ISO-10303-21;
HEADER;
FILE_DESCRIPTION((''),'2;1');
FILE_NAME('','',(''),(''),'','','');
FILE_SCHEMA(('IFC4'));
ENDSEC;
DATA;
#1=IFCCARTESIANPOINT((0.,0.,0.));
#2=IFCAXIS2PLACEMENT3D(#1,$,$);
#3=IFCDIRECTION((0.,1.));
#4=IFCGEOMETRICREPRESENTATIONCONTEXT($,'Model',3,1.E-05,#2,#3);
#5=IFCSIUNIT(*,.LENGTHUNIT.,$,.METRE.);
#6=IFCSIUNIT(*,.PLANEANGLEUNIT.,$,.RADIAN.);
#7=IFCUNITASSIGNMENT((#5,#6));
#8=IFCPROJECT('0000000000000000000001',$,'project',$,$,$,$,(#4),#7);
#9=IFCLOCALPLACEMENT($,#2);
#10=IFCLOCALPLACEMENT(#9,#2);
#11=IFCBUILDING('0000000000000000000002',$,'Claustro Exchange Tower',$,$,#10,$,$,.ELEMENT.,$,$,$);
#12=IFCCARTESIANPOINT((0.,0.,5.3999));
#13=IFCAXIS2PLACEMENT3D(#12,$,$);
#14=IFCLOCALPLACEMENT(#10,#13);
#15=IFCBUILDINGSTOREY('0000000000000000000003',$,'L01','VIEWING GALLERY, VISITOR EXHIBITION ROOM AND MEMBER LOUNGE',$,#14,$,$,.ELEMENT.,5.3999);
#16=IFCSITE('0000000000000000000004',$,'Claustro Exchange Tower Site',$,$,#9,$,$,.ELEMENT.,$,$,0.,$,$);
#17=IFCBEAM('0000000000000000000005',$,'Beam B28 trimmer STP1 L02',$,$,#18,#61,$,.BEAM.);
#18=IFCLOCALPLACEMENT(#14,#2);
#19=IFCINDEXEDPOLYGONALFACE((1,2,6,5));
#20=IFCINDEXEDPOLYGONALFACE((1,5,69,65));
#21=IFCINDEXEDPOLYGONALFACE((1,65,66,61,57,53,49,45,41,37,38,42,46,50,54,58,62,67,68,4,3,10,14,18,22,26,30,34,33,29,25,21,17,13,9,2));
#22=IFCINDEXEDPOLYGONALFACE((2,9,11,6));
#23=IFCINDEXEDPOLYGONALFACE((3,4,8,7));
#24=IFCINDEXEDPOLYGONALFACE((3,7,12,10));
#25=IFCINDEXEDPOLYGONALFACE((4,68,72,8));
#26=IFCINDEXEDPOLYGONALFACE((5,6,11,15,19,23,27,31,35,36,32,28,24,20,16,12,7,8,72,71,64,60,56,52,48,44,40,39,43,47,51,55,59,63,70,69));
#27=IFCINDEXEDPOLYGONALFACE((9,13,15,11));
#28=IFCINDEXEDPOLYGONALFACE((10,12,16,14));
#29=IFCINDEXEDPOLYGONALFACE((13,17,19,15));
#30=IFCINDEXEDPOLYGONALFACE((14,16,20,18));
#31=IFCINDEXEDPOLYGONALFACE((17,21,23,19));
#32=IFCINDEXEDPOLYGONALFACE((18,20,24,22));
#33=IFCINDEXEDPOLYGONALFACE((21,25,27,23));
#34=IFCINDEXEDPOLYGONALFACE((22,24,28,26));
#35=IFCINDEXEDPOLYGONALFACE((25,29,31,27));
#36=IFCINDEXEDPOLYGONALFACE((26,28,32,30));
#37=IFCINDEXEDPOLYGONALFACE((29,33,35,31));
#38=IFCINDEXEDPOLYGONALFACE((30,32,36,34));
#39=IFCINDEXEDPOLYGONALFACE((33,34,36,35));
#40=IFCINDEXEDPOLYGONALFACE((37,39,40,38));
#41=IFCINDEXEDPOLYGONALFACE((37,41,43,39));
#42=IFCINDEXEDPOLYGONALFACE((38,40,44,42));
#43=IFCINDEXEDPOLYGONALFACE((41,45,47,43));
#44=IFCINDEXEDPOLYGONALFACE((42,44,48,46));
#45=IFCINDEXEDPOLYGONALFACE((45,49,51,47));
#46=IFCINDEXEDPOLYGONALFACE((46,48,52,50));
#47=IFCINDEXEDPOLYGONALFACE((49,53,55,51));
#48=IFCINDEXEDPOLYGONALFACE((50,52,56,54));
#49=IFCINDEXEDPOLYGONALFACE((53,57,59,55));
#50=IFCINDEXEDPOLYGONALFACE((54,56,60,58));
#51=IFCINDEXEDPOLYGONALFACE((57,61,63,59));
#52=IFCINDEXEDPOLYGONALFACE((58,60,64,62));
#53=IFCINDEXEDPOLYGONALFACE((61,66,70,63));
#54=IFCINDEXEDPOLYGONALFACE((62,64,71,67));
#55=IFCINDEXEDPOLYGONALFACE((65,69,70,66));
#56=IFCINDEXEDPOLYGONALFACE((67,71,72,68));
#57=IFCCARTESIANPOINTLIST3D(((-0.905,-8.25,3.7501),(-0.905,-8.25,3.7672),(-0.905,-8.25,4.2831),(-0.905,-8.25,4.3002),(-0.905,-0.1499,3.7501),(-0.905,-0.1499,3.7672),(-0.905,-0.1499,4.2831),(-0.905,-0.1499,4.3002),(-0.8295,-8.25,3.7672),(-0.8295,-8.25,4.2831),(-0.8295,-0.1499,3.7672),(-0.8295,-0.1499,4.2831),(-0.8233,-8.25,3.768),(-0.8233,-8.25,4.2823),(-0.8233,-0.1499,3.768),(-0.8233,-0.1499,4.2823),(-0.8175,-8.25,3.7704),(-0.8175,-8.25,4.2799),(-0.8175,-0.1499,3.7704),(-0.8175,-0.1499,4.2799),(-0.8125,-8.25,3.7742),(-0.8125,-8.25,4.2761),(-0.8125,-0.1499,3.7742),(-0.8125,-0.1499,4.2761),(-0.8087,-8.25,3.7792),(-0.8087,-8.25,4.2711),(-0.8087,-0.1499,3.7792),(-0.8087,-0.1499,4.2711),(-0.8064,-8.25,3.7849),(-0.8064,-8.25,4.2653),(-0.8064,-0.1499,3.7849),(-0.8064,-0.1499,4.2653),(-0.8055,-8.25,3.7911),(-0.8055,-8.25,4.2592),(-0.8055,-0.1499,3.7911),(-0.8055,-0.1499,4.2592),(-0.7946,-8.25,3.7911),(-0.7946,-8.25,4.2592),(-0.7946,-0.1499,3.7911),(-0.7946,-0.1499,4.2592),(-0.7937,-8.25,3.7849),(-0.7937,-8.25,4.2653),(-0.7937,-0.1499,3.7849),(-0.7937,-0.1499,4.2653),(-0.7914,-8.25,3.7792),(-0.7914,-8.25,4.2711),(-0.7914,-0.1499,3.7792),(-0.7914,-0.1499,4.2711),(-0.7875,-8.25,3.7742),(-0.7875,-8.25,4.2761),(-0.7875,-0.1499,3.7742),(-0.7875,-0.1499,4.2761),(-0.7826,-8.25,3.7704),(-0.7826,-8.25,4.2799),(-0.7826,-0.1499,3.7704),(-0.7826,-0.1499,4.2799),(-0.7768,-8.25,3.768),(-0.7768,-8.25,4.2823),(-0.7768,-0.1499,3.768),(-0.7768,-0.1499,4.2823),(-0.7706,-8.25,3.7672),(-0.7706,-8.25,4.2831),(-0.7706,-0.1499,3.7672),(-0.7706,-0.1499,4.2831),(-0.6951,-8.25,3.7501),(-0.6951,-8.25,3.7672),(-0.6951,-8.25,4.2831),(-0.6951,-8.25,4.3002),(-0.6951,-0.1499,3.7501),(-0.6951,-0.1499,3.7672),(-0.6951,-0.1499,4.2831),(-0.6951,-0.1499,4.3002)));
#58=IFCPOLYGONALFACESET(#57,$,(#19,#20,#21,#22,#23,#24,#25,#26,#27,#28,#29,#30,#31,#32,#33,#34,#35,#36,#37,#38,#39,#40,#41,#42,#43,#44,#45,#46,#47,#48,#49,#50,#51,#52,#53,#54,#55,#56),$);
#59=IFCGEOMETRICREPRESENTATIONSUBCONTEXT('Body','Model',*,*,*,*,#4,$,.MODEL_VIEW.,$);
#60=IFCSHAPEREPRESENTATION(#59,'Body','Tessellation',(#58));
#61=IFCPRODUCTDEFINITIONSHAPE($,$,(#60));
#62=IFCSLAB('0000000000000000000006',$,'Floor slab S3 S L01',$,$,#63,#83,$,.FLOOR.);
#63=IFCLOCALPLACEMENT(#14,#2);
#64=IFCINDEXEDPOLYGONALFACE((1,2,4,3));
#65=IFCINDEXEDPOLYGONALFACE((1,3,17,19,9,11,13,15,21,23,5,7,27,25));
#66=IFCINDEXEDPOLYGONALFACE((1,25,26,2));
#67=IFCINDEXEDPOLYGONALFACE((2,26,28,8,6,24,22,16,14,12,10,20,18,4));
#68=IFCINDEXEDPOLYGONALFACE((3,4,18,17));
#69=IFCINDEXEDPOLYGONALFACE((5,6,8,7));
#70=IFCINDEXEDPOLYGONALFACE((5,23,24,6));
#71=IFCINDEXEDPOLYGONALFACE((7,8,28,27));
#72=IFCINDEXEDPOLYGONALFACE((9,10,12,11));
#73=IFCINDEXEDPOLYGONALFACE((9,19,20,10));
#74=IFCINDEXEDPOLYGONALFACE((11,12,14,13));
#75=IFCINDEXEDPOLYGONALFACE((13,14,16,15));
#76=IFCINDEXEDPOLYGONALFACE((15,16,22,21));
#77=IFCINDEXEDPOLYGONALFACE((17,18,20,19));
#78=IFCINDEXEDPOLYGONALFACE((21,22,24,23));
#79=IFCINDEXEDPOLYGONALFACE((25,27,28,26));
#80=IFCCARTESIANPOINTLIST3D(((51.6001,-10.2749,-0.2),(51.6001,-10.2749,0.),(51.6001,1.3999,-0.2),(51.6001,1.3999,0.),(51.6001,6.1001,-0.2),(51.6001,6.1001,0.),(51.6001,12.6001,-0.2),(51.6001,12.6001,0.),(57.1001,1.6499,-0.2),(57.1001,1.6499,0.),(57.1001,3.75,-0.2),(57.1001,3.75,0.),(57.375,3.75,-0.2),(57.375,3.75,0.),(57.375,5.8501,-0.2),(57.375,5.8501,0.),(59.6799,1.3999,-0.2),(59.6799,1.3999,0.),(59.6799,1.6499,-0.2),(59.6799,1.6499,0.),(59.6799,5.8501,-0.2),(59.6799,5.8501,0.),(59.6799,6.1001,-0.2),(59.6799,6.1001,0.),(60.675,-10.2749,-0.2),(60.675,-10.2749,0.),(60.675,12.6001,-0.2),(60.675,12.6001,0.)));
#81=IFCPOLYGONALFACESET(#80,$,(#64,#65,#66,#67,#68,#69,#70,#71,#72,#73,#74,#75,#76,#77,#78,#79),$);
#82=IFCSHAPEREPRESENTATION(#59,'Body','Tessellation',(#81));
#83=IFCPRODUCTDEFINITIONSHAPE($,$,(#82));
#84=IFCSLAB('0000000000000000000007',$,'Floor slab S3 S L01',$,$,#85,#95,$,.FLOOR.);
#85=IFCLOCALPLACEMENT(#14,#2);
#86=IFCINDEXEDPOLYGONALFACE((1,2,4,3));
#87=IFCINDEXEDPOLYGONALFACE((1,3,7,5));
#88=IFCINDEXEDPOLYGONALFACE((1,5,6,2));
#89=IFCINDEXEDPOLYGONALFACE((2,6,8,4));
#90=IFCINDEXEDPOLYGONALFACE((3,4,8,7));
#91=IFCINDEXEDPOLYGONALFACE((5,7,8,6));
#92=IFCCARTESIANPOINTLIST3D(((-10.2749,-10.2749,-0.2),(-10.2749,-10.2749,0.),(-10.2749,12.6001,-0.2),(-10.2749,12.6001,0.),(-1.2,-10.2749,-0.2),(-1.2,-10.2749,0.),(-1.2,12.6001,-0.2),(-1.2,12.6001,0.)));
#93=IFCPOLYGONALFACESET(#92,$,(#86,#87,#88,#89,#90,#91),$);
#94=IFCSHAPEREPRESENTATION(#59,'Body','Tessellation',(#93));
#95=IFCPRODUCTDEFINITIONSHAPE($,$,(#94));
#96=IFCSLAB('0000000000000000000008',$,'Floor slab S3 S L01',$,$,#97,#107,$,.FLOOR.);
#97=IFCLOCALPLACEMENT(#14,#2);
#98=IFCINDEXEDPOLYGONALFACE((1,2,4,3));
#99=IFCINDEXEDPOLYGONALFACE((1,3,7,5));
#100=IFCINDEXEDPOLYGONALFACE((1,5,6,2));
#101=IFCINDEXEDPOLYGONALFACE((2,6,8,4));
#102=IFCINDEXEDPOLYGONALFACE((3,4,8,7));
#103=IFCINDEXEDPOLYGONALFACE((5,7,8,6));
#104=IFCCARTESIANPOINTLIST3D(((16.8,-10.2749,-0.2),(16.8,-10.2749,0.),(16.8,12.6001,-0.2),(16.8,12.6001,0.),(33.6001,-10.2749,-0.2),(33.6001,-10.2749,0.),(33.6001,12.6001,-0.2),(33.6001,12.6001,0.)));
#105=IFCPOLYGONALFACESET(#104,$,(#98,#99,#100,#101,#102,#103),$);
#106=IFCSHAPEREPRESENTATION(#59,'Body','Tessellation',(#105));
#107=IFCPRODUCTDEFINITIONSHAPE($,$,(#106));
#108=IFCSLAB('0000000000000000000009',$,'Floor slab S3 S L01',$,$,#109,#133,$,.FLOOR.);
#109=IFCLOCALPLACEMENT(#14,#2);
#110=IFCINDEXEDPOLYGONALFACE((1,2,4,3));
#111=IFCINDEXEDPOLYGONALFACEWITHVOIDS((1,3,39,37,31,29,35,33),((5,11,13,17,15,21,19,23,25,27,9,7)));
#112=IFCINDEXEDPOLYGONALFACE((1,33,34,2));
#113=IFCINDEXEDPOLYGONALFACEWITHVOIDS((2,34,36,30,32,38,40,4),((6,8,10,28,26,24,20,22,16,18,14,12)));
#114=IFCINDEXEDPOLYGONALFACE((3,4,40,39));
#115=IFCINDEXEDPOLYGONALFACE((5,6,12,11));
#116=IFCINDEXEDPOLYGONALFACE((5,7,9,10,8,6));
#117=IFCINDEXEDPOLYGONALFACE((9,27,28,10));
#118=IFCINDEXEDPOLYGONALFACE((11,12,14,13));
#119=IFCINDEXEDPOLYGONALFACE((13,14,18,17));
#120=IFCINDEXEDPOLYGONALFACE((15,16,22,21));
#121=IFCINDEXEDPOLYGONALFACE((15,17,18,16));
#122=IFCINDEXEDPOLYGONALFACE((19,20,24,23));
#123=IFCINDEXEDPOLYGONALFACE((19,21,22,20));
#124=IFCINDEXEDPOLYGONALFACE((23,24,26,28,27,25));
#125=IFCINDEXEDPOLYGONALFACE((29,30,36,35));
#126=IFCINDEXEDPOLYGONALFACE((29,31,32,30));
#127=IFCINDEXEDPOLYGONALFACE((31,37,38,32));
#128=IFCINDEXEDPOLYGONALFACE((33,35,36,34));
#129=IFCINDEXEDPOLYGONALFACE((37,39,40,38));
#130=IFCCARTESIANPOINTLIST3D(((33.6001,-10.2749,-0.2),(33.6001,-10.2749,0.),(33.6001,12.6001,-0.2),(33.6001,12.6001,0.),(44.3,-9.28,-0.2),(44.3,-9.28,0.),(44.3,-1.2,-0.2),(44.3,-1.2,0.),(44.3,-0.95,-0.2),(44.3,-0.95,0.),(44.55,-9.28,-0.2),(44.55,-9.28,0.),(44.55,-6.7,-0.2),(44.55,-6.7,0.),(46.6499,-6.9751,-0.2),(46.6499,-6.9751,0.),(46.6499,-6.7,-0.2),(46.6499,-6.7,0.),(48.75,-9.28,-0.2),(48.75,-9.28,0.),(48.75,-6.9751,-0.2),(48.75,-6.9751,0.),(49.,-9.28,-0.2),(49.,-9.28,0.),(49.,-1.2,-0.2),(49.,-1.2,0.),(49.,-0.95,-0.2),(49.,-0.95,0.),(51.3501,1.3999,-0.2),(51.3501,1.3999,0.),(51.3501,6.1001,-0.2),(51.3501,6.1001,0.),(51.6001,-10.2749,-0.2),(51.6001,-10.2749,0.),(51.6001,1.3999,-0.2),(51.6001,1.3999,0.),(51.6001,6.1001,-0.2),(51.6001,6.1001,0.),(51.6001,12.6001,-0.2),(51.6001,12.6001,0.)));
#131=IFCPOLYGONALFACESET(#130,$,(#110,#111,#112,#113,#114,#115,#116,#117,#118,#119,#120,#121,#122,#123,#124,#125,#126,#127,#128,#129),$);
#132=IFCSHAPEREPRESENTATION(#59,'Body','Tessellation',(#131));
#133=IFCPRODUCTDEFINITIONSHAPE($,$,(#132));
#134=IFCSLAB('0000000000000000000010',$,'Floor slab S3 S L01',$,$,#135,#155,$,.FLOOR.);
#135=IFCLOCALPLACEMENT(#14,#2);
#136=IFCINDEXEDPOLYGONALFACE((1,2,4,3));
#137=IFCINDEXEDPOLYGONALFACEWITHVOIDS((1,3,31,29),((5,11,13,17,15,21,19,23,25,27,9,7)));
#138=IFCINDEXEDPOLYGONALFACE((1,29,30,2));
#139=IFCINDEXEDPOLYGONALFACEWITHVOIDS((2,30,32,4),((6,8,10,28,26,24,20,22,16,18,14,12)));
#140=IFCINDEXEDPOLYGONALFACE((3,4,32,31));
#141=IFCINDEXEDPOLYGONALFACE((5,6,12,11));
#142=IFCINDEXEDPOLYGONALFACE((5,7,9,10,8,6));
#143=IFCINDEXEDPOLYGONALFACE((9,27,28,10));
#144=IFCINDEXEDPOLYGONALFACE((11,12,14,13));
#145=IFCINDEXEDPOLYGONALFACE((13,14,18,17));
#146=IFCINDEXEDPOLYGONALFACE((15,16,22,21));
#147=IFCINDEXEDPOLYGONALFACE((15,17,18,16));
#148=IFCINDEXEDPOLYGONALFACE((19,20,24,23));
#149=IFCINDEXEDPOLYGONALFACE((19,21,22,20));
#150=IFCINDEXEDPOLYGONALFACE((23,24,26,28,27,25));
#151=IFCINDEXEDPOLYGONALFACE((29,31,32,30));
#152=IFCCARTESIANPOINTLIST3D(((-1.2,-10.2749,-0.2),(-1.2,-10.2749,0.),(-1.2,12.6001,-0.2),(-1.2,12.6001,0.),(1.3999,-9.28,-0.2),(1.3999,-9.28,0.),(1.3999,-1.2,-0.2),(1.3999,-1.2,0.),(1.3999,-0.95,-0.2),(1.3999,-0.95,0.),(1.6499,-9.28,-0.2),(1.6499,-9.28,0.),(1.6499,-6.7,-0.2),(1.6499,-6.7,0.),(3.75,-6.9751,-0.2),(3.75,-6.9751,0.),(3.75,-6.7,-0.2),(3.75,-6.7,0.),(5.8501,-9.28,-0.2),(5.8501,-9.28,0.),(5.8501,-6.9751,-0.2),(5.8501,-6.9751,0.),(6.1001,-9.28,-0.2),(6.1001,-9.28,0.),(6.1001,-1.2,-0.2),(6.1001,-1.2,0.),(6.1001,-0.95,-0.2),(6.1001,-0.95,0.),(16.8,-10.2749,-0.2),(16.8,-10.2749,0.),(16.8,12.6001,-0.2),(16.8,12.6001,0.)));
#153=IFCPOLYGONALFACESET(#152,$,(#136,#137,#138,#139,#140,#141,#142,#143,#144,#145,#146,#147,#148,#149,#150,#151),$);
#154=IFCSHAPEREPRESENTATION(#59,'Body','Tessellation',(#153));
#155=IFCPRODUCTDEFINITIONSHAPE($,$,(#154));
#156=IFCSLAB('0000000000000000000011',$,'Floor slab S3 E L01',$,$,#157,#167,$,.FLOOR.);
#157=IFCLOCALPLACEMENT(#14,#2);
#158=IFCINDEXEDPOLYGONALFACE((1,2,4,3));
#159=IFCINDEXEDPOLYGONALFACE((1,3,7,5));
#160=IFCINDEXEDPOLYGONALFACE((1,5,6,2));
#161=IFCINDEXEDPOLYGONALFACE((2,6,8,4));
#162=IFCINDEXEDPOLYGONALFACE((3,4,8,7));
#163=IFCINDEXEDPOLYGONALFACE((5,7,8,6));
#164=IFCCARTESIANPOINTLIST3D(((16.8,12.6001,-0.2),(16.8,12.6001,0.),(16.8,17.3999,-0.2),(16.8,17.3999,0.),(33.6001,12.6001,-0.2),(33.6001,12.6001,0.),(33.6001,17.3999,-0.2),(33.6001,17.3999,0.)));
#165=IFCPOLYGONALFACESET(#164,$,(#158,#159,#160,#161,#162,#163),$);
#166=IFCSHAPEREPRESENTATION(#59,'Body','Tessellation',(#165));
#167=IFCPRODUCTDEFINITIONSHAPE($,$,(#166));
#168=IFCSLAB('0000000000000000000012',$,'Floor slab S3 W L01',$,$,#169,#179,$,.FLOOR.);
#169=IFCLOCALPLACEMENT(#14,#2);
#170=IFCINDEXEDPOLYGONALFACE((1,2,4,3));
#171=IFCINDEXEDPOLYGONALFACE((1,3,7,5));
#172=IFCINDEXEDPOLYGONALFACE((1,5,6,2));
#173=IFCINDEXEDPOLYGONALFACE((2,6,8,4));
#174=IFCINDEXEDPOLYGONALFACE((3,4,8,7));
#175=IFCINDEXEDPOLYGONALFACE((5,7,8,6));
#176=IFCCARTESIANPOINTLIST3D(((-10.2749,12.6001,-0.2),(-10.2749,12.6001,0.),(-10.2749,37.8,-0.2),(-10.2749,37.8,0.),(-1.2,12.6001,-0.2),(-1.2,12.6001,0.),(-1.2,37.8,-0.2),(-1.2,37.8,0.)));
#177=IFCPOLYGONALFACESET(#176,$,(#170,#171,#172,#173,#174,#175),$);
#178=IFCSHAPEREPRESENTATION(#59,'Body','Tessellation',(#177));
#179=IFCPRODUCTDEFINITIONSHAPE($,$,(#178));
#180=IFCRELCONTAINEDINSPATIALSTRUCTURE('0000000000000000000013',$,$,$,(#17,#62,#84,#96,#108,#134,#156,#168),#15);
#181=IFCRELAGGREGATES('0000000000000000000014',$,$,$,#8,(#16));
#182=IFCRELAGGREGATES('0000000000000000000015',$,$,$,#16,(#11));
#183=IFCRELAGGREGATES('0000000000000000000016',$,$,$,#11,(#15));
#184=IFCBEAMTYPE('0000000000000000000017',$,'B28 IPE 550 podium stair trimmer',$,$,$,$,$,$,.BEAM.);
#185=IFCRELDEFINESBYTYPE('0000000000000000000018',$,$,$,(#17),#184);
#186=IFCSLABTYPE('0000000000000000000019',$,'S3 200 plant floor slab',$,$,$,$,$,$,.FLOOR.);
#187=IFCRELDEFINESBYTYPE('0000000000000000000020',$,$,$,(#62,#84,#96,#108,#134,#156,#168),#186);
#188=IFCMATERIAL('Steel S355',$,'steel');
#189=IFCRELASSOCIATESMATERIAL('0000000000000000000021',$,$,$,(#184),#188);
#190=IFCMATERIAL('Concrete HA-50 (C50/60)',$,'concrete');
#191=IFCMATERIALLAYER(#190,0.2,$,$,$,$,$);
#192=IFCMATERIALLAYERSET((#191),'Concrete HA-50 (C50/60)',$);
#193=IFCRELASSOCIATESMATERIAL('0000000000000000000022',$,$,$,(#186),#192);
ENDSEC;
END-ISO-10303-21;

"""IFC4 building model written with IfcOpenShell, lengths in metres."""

from ifc_helpers import new_model, si_unit, direction, frame, origin, origin_2d, place, context, subcontext, project, spatial, polyline, i_section, outline, extrude, material, layer, layer_set, material_profile, profile_set, type_object, element, save


model = new_model("IFC4")

# Units and contexts
model_context = context("Model", 3, precision=1e-05, world=origin(), true_north=direction((0.0, 1.0)))
body_context = subcontext(model_context, "Body", "Model", "MODEL_VIEW")
ifc_project = project(units=[si_unit("LENGTHUNIT", "METRE"), si_unit("PLANEANGLEUNIT", "RADIAN")], contexts=[model_context])

# Site, building, storey
site_placement = place(None, origin())
site = spatial("IfcSite", under=ifc_project, at=site_placement, Name="Claustro Exchange Tower Site", CompositionType="ELEMENT", RefElevation=0.0)
building_placement = place(site_placement, origin())
building = spatial("IfcBuilding", under=site, at=building_placement, Name="Claustro Exchange Tower", CompositionType="ELEMENT")
storey_placement = place(building_placement, frame((0.0, 0.0, 5.3999)))
storey = spatial("IfcBuildingStorey", under=building, at=storey_placement, Name="L01", Description="VIEWING GALLERY, VISITOR EXHIBITION ROOM AND MEMBER LOUNGE", CompositionType="ELEMENT", Elevation=5.3999)

# Beam
ifc_material_1 = material(Name="Steel S355", Category="steel")
ifc_material_profile_1 = material_profile(ifc_material_1, i_section(OverallWidth=0.21, OverallDepth=0.55, WebThickness=0.011, FlangeThickness=0.0171, FilletRadius=0.0239, at=origin_2d()), Name="IPE 550")
ifc_profile_set_1 = profile_set([ifc_material_profile_1], Name="Steel S355")
beam_type_1 = type_object("IfcBeamType", Name="B28 IPE 550 podium stair trimmer", PredefinedType="BEAM", material=ifc_profile_set_1)
beam_placement = place(storey_placement, frame((-0.8, -8.25, 4.0251), z_axis=(0.0, 1.0, 0.0), x_axis=(-1.0, 0.0, 0.0)))
element("IfcBeam", 1, at=beam_placement, inside=storey, type_object=beam_type_1, Name="Beam B28 trimmer STP1 L02", PredefinedType="BEAM", context=body_context, shape_type="SweptSolid", body=[
    extrude(i_section(OverallWidth=0.21, OverallDepth=0.55, WebThickness=0.011, FlangeThickness=0.0171, FilletRadius=0.0239, at=origin_2d()), origin(), (0.0, 0.0, 1.0), 8.1001),
])

# Slabs
ifc_material_2 = material(Name="Concrete HA-50 (C50/60)", Category="concrete")
ifc_layer_1 = layer(ifc_material_2, 0.2)
ifc_layer_set_1 = layer_set([ifc_layer_1], Name="Concrete HA-50 (C50/60)")
slab_type = type_object("IfcSlabType", Name="S3 200 plant floor slab", PredefinedType="FLOOR", material=ifc_layer_set_1)
slab_1_placement = place(storey_placement, frame((0.0, 0.0, -0.2)))
element("IfcSlab", 2, at=slab_1_placement, inside=storey, type_object=slab_type, Name="Floor slab S3 S L01", PredefinedType="FLOOR", context=body_context, shape_type="SweptSolid", body=[
    extrude(outline(polyline([(60.675, -10.2749), (60.675, 12.6001), (51.6001, 12.6001), (51.6001, 6.1001), (59.6799, 6.1001), (59.6799, 5.8501), (57.375, 5.8501), (57.375, 3.75), (57.1001, 3.75), (57.1001, 1.6499), (59.6799, 1.6499), (59.6799, 1.3999), (51.6001, 1.3999), (51.6001, -10.2749), (60.675, -10.2749)])), origin(), (0.0, 0.0, 1.0), 0.2),
])
slab_2_placement = place(storey_placement, frame((0.0, 0.0, -0.2)))
element("IfcSlab", 3, at=slab_2_placement, inside=storey, type_object=slab_type, Name="Floor slab S3 S L01", PredefinedType="FLOOR", context=body_context, shape_type="SweptSolid", body=[
    extrude(outline(polyline([(-10.2749, -10.2749), (-1.2, -10.2749), (-1.2, 12.6001), (-10.2749, 12.6001), (-10.2749, -10.2749)])), origin(), (0.0, 0.0, 1.0), 0.2),
])
slab_3_placement = place(storey_placement, frame((0.0, 0.0, -0.2)))
element("IfcSlab", 4, at=slab_3_placement, inside=storey, type_object=slab_type, Name="Floor slab S3 S L01", PredefinedType="FLOOR", context=body_context, shape_type="SweptSolid", body=[
    extrude(outline(polyline([(16.8, -10.2749), (33.6001, -10.2749), (33.6001, 12.6001), (16.8, 12.6001), (16.8, -10.2749)])), origin(), (0.0, 0.0, 1.0), 0.2),
])
slab_4_placement = place(storey_placement, frame((0.0, 0.0, -0.2)))
element("IfcSlab", 5, at=slab_4_placement, inside=storey, type_object=slab_type, Name="Floor slab S3 S L01", PredefinedType="FLOOR", context=body_context, shape_type="SweptSolid", body=[
    extrude(outline(polyline([(33.6001, -10.2749), (51.6001, -10.2749), (51.6001, 1.3999), (51.3501, 1.3999), (51.3501, 6.1001), (51.6001, 6.1001), (51.6001, 12.6001), (33.6001, 12.6001), (33.6001, -10.2749)]), holes=[polyline([(46.6499, -6.7), (44.55, -6.7), (44.55, -9.28), (44.3, -9.28), (44.3, -1.2), (44.3, -0.95), (49.0, -0.95), (49.0, -1.2), (49.0, -9.28), (48.75, -9.28), (48.75, -6.9751), (46.6499, -6.9751), (46.6499, -6.7)])]), origin(), (0.0, 0.0, 1.0), 0.2),
])
slab_5_placement = place(storey_placement, frame((0.0, 0.0, -0.2)))
element("IfcSlab", 6, at=slab_5_placement, inside=storey, type_object=slab_type, Name="Floor slab S3 S L01", PredefinedType="FLOOR", context=body_context, shape_type="SweptSolid", body=[
    extrude(outline(polyline([(-1.2, -10.2749), (16.8, -10.2749), (16.8, 12.6001), (-1.2, 12.6001), (-1.2, -10.2749)]), holes=[polyline([(3.75, -6.7), (1.6499, -6.7), (1.6499, -9.28), (1.3999, -9.28), (1.3999, -1.2), (1.3999, -0.95), (6.1001, -0.95), (6.1001, -1.2), (6.1001, -9.28), (5.8501, -9.28), (5.8501, -6.9751), (3.75, -6.9751), (3.75, -6.7)])]), origin(), (0.0, 0.0, 1.0), 0.2),
])
slab_6_placement = place(storey_placement, frame((0.0, 0.0, -0.2)))
element("IfcSlab", 7, at=slab_6_placement, inside=storey, type_object=slab_type, Name="Floor slab S3 E L01", PredefinedType="FLOOR", context=body_context, shape_type="SweptSolid", body=[
    extrude(outline(polyline([(16.8, 17.3999), (16.8, 12.6001), (33.6001, 12.6001), (33.6001, 17.3999), (16.8, 17.3999)])), origin(), (0.0, 0.0, 1.0), 0.2),
])
slab_7_placement = place(storey_placement, frame((0.0, 0.0, -0.2)))
element("IfcSlab", 8, at=slab_7_placement, inside=storey, type_object=slab_type, Name="Floor slab S3 W L01", PredefinedType="FLOOR", context=body_context, shape_type="SweptSolid", body=[
    extrude(outline(polyline([(-10.2749, 37.8), (-10.2749, 12.6001), (-1.2, 12.6001), (-1.2, 37.8), (-10.2749, 37.8)])), origin(), (0.0, 0.0, 1.0), 0.2),
])

save(model, "model.ifc")
